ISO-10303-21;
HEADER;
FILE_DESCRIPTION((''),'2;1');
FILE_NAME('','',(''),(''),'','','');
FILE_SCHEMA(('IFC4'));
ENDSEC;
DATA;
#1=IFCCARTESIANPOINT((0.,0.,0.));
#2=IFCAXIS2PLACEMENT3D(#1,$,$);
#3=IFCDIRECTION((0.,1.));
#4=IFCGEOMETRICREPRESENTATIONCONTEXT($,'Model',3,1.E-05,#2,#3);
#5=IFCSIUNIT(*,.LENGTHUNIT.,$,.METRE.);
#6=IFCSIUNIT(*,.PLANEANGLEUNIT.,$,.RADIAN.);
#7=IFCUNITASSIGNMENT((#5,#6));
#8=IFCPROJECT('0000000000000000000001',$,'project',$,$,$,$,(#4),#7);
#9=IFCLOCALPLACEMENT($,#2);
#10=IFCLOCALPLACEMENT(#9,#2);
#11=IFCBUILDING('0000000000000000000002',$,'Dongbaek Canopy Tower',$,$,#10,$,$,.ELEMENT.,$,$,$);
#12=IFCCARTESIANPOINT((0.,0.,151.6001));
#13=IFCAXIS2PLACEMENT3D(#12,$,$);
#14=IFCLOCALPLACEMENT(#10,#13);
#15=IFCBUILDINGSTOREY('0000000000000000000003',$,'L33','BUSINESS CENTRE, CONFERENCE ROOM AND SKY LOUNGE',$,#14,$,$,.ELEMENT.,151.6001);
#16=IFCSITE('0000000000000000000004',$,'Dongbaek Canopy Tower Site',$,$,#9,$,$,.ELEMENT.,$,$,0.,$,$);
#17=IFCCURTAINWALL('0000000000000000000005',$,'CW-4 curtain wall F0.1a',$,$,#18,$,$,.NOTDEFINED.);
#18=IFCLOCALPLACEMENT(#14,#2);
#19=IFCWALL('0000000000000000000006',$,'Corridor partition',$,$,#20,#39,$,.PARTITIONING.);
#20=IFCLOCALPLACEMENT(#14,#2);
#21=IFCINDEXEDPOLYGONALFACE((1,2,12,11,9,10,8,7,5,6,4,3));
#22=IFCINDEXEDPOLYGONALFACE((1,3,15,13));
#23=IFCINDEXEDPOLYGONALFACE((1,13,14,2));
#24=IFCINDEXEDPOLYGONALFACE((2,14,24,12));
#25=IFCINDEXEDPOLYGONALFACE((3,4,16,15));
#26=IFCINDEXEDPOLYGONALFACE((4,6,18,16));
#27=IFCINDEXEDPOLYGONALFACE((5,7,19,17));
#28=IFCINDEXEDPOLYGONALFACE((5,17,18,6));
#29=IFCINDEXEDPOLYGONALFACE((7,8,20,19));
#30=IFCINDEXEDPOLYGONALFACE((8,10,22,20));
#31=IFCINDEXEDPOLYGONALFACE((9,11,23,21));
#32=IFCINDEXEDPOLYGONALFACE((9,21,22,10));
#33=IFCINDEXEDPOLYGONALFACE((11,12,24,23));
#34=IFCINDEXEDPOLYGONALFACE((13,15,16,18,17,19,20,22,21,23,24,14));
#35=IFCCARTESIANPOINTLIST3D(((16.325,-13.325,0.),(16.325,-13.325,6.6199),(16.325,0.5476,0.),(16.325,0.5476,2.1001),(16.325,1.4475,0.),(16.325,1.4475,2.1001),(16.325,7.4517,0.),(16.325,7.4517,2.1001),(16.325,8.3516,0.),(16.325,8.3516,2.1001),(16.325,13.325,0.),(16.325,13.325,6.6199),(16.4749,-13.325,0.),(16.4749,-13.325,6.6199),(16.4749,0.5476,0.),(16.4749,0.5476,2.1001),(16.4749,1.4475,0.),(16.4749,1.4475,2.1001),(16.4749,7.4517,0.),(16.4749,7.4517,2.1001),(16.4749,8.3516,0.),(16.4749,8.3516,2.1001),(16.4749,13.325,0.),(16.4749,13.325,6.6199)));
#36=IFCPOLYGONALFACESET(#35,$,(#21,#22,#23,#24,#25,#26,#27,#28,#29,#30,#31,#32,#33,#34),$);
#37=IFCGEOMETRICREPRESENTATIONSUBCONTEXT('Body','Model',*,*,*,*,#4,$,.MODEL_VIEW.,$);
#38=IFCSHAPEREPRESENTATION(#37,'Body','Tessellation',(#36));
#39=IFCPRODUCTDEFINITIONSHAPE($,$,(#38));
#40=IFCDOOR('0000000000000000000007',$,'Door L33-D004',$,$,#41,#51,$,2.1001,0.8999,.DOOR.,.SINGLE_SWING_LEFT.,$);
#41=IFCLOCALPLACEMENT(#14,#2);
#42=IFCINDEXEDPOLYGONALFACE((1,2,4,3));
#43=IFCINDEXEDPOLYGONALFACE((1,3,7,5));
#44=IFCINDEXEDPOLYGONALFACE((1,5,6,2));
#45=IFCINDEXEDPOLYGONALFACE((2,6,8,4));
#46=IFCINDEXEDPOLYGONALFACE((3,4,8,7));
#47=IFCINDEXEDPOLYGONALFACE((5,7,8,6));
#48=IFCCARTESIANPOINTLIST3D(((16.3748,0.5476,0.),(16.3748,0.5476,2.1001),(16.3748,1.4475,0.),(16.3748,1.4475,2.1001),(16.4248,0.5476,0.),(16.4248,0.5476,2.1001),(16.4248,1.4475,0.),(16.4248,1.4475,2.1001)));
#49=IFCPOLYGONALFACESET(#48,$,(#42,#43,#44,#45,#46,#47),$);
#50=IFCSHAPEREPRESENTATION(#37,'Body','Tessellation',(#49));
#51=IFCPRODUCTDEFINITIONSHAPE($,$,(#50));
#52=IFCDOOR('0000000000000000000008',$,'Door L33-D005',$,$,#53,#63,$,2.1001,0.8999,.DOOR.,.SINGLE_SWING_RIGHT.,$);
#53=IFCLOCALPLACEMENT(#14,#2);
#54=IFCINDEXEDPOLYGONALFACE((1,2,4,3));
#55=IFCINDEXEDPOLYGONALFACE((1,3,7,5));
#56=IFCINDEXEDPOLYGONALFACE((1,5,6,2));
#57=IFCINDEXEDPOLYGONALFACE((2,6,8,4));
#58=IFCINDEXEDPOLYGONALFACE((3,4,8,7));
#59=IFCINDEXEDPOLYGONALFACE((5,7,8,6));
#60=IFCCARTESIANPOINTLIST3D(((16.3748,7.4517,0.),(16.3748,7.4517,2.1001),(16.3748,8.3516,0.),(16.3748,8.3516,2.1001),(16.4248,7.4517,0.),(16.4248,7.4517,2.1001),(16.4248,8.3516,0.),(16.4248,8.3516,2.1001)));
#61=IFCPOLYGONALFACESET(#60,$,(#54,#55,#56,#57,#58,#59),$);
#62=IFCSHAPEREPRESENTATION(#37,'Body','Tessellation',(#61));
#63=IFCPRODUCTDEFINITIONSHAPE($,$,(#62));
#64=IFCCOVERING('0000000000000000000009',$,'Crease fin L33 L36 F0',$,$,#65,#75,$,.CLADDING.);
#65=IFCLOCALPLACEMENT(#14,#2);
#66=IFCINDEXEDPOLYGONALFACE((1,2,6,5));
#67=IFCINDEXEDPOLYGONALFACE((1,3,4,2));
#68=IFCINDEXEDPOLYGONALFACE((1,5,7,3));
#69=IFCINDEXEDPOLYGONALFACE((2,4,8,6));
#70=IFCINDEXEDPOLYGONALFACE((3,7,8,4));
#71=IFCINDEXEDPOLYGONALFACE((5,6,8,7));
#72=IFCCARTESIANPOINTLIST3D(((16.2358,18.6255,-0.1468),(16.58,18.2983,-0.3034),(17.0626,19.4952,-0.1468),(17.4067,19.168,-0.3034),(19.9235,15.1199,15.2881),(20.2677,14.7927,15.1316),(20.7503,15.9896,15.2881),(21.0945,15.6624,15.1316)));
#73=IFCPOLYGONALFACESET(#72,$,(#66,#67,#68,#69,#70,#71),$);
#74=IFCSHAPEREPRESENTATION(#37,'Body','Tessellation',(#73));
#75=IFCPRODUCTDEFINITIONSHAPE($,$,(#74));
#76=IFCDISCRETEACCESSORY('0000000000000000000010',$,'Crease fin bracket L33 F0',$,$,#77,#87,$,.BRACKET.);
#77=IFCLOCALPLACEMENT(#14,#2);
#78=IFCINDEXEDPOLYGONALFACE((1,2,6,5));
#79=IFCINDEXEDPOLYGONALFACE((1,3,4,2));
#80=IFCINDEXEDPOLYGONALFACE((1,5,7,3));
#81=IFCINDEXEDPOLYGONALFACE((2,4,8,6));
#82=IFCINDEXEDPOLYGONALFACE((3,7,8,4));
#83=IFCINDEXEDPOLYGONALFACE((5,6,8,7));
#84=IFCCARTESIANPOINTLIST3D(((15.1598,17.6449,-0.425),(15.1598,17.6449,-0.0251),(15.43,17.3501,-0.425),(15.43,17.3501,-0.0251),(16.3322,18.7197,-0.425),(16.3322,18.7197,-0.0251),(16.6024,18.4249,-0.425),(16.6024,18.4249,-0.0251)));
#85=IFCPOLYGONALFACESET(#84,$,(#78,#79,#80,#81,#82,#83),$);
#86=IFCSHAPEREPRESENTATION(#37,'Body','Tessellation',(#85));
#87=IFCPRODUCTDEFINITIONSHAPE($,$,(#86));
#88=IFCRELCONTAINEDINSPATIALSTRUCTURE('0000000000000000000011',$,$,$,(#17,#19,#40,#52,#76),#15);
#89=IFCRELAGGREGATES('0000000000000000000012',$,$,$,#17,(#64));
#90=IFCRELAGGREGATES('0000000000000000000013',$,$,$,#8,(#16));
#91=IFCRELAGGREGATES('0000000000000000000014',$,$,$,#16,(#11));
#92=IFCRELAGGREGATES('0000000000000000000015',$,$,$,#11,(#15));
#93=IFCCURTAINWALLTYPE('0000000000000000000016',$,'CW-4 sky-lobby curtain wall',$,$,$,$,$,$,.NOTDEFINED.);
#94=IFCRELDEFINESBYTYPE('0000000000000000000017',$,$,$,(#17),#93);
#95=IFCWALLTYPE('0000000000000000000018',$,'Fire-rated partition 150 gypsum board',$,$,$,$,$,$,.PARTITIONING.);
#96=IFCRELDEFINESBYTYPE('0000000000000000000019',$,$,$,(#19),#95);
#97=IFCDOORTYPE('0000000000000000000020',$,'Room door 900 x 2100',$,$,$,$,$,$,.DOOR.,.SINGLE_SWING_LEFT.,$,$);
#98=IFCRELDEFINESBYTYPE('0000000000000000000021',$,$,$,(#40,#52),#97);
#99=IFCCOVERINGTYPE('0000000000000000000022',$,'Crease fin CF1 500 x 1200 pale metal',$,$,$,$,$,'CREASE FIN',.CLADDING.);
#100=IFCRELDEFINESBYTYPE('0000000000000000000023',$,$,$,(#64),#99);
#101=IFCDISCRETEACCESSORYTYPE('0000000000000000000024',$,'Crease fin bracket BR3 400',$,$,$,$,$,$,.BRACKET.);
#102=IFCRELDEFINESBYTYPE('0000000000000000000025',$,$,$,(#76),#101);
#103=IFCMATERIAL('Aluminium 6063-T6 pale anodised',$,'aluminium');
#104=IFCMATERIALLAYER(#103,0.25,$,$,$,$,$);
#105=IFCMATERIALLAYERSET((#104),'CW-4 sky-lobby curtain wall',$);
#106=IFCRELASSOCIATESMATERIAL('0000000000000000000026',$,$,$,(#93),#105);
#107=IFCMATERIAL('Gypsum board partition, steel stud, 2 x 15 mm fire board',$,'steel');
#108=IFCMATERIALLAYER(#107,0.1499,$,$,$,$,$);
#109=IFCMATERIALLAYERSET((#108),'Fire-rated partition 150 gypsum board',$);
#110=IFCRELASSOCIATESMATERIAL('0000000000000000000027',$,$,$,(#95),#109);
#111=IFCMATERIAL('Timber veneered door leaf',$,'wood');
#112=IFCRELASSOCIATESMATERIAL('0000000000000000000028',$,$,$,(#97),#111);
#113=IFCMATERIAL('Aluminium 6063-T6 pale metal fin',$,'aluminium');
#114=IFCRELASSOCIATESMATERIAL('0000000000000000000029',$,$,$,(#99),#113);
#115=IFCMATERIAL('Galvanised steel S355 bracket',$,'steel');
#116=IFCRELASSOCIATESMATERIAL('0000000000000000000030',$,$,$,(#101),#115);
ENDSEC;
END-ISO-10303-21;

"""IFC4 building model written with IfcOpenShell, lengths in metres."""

from ifc_helpers import new_model, si_unit, direction, frame, frame_2d, origin, origin_2d, place, context, subcontext, project, spatial, rectangle, extrude, material, layer, layer_set, material_profile, profile_set, type_object, element, fill, aggregate, save


model = new_model("IFC4")

# Units and contexts
model_context = context("Model", 3, precision=1e-05, world=origin(), true_north=direction((0.0, 1.0)))
body_context = subcontext(model_context, "Body", "Model", "MODEL_VIEW")
ifc_project = project(units=[si_unit("LENGTHUNIT", "METRE"), si_unit("PLANEANGLEUNIT", "RADIAN")], contexts=[model_context])

# Site, building, storey
site_placement = place(None, origin())
site = spatial("IfcSite", under=ifc_project, at=site_placement, Name="Dongbaek Canopy Tower Site", CompositionType="ELEMENT", RefElevation=0.0)
building_placement = place(site_placement, origin())
building = spatial("IfcBuilding", under=site, at=building_placement, Name="Dongbaek Canopy Tower", CompositionType="ELEMENT")
storey_placement = place(building_placement, frame((0.0, 0.0, 151.6001)))
storey = spatial("IfcBuildingStorey", under=building, at=storey_placement, Name="L33", Description="BUSINESS CENTRE, CONFERENCE ROOM AND SKY LOUNGE", CompositionType="ELEMENT", Elevation=151.6001)

# Curtain wall
ifc_material_1 = material(Name="Aluminium 6063-T6 pale anodised", Category="aluminium")
ifc_layer_1 = layer(ifc_material_1, 0.25)
ifc_layer_set_1 = layer_set([ifc_layer_1], Name="CW-4 sky-lobby curtain wall")
curtain_wall_type = type_object("IfcCurtainWallType", Name="CW-4 sky-lobby curtain wall", PredefinedType="NOTDEFINED", material=ifc_layer_set_1)
curtain_wall_1_placement = place(storey_placement, origin())
curtain_wall_1 = element("IfcCurtainWall", 1, at=curtain_wall_1_placement, inside=storey, type_object=curtain_wall_type, Name="CW-4 curtain wall F0.1a", PredefinedType="NOTDEFINED")

# Wall, openings, doors
ifc_material_2 = material(Name="Gypsum board partition, steel stud, 2 x 15 mm fire board", Category="steel")
ifc_layer_2 = layer(ifc_material_2, 0.1499)
ifc_layer_set_2 = layer_set([ifc_layer_2], Name="Fire-rated partition 150 gypsum board")
wall_type_1 = type_object("IfcWallType", Name="Fire-rated partition 150 gypsum board", PredefinedType="PARTITIONING", material=ifc_layer_set_2)
wall_1_placement = place(storey_placement, frame((16.3999, 13.325, 0.0), z_axis=(0.0, 0.0, 1.0), x_axis=(0.0, -1.0, 0.0)))
wall_1 = element("IfcWall", 2, at=wall_1_placement, inside=storey, type_object=wall_type_1, Name="Corridor partition", PredefinedType="PARTITIONING", context=body_context, shape_type="SweptSolid", body=[
    extrude(rectangle(XDim=26.6499, YDim=0.1499, at=frame_2d((13.325, 0.0))), origin(), (0.0, 0.0, 1.0), 6.6199),
])
opening_1_placement = place(wall_1_placement, frame((11.8774, 0.0, 0.0)))
opening_1 = element("IfcOpeningElement", 3, at=opening_1_placement, cuts=wall_1, PredefinedType="OPENING", context=body_context, shape_type="SweptSolid", body=[
    extrude(rectangle(XDim=0.8999, YDim=2.1001, at=frame_2d((0.45, 1.05))), frame((0.0, 0.085, 0.0), z_axis=(0.0, -1.0, 0.0), x_axis=(1.0, 0.0, 0.0)), (0.0, 0.0, 1.0), 0.1699),
])
opening_2_placement = place(wall_1_placement, frame((4.9734, 0.0, 0.0)))
opening_2 = element("IfcOpeningElement", 4, at=opening_2_placement, cuts=wall_1, PredefinedType="OPENING", context=body_context, shape_type="SweptSolid", body=[
    extrude(rectangle(XDim=0.8999, YDim=2.1001, at=frame_2d((0.45, 1.05))), frame((0.0, 0.085, 0.0), z_axis=(0.0, -1.0, 0.0), x_axis=(1.0, 0.0, 0.0)), (0.0, 0.0, 1.0), 0.1699),
])
ifc_material_3 = material(Name="Timber veneered door leaf", Category="wood")
door_type = type_object("IfcDoorType", Name="Room door 900 x 2100", OperationType="SINGLE_SWING_LEFT", PredefinedType="DOOR", material=ifc_material_3)
door_1_placement = place(opening_1_placement, origin())
door_1 = element("IfcDoor", 5, at=door_1_placement, inside=storey, type_object=door_type, Name="Door L33-D004", OperationType="SINGLE_SWING_LEFT", OverallHeight=2.1001, OverallWidth=0.8999, PredefinedType="DOOR", context=body_context, shape_type="SweptSolid", body=[
    extrude(rectangle(XDim=0.8999, YDim=2.1001, at=frame_2d((0.45, 1.05))), frame((0.0, 0.0249, 0.0), z_axis=(0.0, -1.0, 0.0), x_axis=(1.0, 0.0, 0.0)), (0.0, 0.0, 1.0), 0.05),
])
fill(opening_1, door_1)
door_2_placement = place(opening_2_placement, origin())
door_2 = element("IfcDoor", 6, at=door_2_placement, inside=storey, type_object=door_type, Name="Door L33-D005", OperationType="SINGLE_SWING_RIGHT", OverallHeight=2.1001, OverallWidth=0.8999, PredefinedType="DOOR", context=body_context, shape_type="SweptSolid", body=[
    extrude(rectangle(XDim=0.8999, YDim=2.1001, at=frame_2d((0.45, 1.05))), frame((0.0, 0.0249, 0.0), z_axis=(0.0, -1.0, 0.0), x_axis=(1.0, 0.0, 0.0)), (0.0, 0.0, 1.0), 0.05),
])
fill(opening_2, door_2)

# Covering
ifc_material_4 = material(Name="Aluminium 6063-T6 pale metal fin", Category="aluminium")
ifc_material_profile_1 = material_profile(ifc_material_4, rectangle(XDim=1.2, YDim=0.5, at=origin_2d()), Name="Crease fin CF1 500 x 1200 pale metal")
ifc_profile_set_1 = profile_set([ifc_material_profile_1], Name="Aluminium 6063-T6 pale metal fin")
covering_type = type_object("IfcCoveringType", Name="Crease fin CF1 500 x 1200 pale metal", ElementType="CREASE FIN", PredefinedType="CLADDING", material=ifc_profile_set_1)
covering_placement = place(storey_placement, frame((16.8213, 18.8967, -0.2251), z_axis=(0.226909, -0.215703, 0.949729), x_axis=(0.688983, 0.724778, 0.0)))
covering = element("IfcCovering", 7, at=covering_placement, type_object=covering_type, Name="Crease fin L33 L36 F0", PredefinedType="CLADDING", context=body_context, shape_type="SweptSolid", body=[
    extrude(rectangle(XDim=1.2, YDim=0.5, at=origin_2d()), origin(), (0.0, 0.0, 1.0), 16.252),
])
aggregate(curtain_wall_1, [covering])

# Discrete accessory
ifc_material_5 = material(Name="Galvanised steel S355 bracket", Category="steel")
discrete_accessory_type = type_object("IfcDiscreteAccessoryType", Name="Crease fin bracket BR3 400", PredefinedType="BRACKET", material=ifc_material_5)
discrete_accessory_placement = place(storey_placement, frame((15.8811, 18.0349, -0.425), z_axis=(0.0, 0.0, 1.0), x_axis=(0.737125, 0.675756, 0.0)))
element("IfcDiscreteAccessory", 8, at=discrete_accessory_placement, inside=storey, type_object=discrete_accessory_type, Name="Crease fin bracket L33 F0", PredefinedType="BRACKET", context=body_context, shape_type="SweptSolid", body=[
    extrude(rectangle(XDim=1.5906, YDim=0.3999, at=origin_2d()), origin(), (0.0, 0.0, 1.0), 0.3999),
])

save(model, "model.ifc")
